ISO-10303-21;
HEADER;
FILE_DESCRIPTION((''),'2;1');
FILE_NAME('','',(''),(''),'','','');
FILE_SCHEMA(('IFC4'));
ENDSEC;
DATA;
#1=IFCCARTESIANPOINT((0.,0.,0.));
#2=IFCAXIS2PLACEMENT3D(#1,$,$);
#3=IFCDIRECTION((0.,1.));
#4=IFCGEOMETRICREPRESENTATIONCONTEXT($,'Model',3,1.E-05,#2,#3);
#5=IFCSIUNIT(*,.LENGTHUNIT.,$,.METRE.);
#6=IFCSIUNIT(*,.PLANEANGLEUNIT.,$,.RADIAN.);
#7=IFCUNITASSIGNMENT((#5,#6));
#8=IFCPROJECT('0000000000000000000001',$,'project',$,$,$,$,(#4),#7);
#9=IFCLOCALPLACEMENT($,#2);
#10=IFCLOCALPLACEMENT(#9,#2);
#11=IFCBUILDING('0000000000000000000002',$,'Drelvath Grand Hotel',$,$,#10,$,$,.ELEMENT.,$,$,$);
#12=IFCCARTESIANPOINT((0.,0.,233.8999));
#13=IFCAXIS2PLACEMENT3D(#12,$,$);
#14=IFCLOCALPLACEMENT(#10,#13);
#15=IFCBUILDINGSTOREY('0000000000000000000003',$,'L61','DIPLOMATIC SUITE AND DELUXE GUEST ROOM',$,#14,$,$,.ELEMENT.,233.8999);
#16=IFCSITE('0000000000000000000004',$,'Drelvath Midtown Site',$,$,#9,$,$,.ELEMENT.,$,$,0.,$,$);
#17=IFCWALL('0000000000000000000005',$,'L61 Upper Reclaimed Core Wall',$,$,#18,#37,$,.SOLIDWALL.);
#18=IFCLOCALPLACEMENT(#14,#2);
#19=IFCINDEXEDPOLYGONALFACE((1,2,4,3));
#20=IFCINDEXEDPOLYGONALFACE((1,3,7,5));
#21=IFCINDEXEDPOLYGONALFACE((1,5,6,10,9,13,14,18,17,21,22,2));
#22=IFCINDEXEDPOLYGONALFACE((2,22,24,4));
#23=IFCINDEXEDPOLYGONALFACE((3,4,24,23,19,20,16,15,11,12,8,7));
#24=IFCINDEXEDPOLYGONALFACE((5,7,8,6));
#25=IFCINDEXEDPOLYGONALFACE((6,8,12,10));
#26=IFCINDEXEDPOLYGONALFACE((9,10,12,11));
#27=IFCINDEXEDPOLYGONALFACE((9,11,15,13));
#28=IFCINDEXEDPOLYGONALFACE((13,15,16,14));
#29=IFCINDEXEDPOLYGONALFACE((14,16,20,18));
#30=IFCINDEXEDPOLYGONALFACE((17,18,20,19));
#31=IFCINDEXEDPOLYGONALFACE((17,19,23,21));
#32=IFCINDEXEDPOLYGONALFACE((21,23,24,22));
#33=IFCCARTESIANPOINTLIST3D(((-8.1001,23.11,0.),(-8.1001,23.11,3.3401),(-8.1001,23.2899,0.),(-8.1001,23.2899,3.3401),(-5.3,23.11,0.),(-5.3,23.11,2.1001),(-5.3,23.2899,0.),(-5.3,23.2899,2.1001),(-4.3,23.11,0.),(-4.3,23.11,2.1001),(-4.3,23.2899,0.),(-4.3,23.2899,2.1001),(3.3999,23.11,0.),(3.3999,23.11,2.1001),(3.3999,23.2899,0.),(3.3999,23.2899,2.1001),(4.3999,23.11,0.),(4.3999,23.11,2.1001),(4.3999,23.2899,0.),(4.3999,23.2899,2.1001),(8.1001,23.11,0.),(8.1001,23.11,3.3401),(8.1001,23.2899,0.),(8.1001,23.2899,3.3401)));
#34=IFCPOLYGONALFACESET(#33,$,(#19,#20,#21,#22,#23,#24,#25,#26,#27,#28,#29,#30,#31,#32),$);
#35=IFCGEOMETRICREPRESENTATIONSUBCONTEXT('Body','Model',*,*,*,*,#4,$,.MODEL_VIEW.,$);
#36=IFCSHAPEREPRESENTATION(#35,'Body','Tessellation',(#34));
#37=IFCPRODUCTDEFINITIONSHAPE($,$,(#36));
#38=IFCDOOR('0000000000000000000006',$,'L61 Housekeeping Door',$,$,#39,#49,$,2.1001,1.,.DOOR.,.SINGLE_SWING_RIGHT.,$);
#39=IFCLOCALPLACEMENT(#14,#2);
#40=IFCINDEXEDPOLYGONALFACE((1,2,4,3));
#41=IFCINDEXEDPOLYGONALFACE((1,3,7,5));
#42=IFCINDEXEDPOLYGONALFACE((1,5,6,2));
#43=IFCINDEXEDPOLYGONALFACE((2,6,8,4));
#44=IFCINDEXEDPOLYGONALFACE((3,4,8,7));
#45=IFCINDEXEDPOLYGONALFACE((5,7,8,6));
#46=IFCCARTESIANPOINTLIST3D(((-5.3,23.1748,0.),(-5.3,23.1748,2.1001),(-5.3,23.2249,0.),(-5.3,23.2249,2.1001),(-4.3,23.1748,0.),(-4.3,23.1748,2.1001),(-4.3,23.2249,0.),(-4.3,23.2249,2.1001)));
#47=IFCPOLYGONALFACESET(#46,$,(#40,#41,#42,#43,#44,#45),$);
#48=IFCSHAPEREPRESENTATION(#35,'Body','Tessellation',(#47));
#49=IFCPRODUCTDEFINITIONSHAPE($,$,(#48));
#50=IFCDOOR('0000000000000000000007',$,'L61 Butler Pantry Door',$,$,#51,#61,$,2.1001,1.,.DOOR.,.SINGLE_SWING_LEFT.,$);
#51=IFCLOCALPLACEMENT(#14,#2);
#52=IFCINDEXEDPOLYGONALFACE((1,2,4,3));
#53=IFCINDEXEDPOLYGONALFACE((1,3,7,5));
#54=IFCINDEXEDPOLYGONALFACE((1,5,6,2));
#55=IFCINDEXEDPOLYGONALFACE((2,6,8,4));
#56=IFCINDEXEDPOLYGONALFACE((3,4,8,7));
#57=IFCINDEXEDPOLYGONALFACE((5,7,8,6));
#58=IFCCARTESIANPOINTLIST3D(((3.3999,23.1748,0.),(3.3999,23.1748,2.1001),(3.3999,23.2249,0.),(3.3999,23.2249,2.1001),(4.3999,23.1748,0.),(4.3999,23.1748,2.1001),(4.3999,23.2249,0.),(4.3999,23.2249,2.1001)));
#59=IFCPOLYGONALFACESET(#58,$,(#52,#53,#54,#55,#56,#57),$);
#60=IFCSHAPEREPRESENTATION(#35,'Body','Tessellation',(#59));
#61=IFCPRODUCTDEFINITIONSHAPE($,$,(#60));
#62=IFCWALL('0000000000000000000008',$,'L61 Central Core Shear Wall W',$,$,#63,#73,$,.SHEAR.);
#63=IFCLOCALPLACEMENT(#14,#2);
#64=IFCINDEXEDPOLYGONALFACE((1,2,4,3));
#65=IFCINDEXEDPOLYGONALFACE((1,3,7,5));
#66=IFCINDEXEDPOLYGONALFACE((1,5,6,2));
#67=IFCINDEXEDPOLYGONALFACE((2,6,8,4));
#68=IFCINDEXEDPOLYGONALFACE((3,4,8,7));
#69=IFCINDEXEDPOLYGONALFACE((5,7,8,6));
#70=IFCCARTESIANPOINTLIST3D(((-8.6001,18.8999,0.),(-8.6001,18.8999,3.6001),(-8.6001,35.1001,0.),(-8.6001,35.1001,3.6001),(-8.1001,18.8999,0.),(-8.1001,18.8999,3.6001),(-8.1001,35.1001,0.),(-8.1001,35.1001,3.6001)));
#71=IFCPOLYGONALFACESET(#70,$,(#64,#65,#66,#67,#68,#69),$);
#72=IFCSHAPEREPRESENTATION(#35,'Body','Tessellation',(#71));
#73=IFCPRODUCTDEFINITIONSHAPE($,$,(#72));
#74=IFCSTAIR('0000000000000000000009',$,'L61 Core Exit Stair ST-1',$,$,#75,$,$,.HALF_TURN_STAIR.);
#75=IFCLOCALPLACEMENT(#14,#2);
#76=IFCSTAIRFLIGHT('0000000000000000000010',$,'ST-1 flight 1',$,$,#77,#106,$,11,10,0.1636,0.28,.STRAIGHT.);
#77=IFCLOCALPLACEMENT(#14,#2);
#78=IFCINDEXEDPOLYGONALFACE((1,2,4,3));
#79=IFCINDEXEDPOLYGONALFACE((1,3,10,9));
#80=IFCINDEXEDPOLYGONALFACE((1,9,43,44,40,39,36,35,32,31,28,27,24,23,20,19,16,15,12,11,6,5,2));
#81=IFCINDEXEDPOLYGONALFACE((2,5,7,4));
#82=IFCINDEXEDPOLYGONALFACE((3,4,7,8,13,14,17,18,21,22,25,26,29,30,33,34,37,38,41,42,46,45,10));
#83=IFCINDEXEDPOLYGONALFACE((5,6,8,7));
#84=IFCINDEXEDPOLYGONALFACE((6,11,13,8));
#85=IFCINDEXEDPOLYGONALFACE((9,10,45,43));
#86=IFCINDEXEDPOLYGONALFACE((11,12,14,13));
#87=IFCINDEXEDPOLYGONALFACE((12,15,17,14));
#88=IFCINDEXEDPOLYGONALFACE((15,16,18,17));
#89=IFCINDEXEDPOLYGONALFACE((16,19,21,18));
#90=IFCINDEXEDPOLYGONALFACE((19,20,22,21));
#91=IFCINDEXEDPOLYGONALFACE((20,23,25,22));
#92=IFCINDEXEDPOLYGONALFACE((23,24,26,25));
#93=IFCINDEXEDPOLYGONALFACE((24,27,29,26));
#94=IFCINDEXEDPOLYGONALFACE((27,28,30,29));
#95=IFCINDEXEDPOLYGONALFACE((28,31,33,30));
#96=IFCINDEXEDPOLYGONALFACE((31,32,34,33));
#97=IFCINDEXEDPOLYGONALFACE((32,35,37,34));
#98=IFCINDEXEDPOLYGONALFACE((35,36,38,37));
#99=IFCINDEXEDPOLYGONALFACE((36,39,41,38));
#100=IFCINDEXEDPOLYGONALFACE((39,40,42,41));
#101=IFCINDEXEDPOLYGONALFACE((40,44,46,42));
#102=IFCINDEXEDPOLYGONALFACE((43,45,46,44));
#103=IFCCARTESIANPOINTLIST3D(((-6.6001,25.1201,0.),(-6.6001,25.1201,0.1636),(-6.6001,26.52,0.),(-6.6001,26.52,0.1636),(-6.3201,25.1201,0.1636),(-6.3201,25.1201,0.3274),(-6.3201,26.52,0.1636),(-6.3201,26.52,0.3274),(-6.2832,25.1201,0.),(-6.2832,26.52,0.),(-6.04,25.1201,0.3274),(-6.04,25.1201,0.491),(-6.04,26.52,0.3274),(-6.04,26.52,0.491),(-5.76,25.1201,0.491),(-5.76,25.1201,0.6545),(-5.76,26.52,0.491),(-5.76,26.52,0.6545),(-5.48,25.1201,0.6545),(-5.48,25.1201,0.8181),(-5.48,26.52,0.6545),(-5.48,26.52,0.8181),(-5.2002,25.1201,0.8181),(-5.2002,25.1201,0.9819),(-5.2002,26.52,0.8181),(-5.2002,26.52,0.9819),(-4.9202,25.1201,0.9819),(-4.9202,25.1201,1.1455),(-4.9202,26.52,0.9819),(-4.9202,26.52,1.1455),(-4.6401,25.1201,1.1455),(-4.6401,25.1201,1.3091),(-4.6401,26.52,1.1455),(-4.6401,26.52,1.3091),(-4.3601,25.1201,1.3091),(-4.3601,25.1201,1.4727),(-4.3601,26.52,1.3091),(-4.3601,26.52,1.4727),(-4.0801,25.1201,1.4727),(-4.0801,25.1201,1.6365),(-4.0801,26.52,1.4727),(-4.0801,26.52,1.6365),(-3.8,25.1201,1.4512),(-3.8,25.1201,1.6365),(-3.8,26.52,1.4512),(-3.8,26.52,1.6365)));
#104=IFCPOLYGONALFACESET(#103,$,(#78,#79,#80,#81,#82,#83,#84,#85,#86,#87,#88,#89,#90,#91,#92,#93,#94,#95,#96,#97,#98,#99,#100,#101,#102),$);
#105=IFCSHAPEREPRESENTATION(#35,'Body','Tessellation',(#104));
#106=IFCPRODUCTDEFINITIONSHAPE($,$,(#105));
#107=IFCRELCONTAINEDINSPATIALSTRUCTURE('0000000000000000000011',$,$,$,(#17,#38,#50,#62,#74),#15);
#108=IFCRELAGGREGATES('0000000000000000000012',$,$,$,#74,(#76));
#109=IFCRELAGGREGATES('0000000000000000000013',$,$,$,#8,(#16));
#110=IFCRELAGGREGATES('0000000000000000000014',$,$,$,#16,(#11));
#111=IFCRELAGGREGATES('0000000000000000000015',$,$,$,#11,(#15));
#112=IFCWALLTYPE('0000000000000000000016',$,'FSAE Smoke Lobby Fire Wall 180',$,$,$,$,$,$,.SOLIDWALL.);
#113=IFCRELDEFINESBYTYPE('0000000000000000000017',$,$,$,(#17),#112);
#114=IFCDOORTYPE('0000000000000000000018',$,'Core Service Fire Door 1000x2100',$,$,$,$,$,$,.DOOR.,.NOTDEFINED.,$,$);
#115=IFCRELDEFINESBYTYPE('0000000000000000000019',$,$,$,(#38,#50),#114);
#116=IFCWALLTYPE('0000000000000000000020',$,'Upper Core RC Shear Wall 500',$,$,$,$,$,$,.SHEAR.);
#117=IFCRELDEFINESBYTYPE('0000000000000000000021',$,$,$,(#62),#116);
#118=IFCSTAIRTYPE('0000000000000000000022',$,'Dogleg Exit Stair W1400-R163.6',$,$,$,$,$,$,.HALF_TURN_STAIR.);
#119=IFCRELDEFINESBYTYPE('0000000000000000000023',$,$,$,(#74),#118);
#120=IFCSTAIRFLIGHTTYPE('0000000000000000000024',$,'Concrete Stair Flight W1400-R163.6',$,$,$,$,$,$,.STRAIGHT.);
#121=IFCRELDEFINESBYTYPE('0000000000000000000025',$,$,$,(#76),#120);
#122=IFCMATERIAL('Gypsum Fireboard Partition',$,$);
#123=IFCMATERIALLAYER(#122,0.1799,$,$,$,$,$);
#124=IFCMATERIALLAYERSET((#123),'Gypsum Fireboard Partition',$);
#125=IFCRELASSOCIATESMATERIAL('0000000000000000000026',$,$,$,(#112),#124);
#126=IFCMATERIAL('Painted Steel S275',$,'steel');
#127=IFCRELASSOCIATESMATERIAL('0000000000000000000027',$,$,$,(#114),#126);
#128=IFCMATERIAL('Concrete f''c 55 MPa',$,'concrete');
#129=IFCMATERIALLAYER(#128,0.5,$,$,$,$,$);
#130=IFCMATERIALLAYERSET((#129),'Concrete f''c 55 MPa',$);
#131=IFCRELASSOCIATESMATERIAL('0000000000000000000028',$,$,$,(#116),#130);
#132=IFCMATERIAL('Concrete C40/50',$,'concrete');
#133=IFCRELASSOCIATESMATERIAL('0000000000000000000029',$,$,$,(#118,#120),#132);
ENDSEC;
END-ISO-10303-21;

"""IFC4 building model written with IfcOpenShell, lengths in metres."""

from ifc_helpers import new_model, si_unit, direction, frame, frame_2d, origin, place, context, subcontext, project, spatial, polyline, rectangle, outline, extrude, material, layer, layer_set, type_object, element, fill, aggregate, save


model = new_model("IFC4")

# Units and contexts
model_context = context("Model", 3, precision=1e-05, world=origin(), true_north=direction((0.0, 1.0)))
body_context = subcontext(model_context, "Body", "Model", "MODEL_VIEW")
ifc_project = project(units=[si_unit("LENGTHUNIT", "METRE"), si_unit("PLANEANGLEUNIT", "RADIAN")], contexts=[model_context])

# Site, building, storey
site_placement = place(None, origin())
site = spatial("IfcSite", under=ifc_project, at=site_placement, Name="Drelvath Midtown Site", CompositionType="ELEMENT", RefElevation=0.0)
building_placement = place(site_placement, origin())
building = spatial("IfcBuilding", under=site, at=building_placement, Name="Drelvath Grand Hotel", CompositionType="ELEMENT")
storey_placement = place(building_placement, frame((0.0, 0.0, 233.8999)))
storey = spatial("IfcBuildingStorey", under=building, at=storey_placement, Name="L61", Description="DIPLOMATIC SUITE AND DELUXE GUEST ROOM", CompositionType="ELEMENT", Elevation=233.8999)

# Shared definitions
ifc_material_1 = material(Name="Concrete f'c 55 MPa", Category="concrete")

# Shared definitions
ifc_material_2 = material(Name="Concrete C40/50", Category="concrete")
ifc_material_3 = material(Name="Painted Steel S275", Category="steel")

# Wall, openings, doors
ifc_material_4 = material(Name="Gypsum Fireboard Partition")
ifc_layer_1 = layer(ifc_material_4, 0.1799)
ifc_layer_set_1 = layer_set([ifc_layer_1], Name="Gypsum Fireboard Partition")
wall_type_1 = type_object("IfcWallType", Name="FSAE Smoke Lobby Fire Wall 180", PredefinedType="SOLIDWALL", material=ifc_layer_set_1)
wall_1_placement = place(storey_placement, frame((-8.1001, 23.2, 0.0), z_axis=(0.0, 0.0, 1.0), x_axis=(1.0, 0.0, 0.0)))
wall_1 = element("IfcWall", 1, at=wall_1_placement, inside=storey, type_object=wall_type_1, Name="L61 Upper Reclaimed Core Wall", PredefinedType="SOLIDWALL", context=body_context, shape_type="SweptSolid", body=[
    extrude(rectangle(XDim=16.2002, YDim=0.1799, at=frame_2d((8.1001, 0.0))), origin(), (0.0, 0.0, 1.0), 3.3401),
])
opening_1_placement = place(wall_1_placement, frame((2.8, 0.0, 0.0)))
opening_1 = element("IfcOpeningElement", 2, at=opening_1_placement, cuts=wall_1, PredefinedType="OPENING", context=body_context, shape_type="SweptSolid", body=[
    extrude(rectangle(XDim=1.0, YDim=2.1001, at=frame_2d((0.5, 1.05))), frame((0.0, 0.0999, 0.0), z_axis=(0.0, -1.0, 0.0), x_axis=(1.0, 0.0, 0.0)), (0.0, 0.0, 1.0), 0.2),
])
opening_2_placement = place(wall_1_placement, frame((11.5, 0.0, 0.0)))
opening_2 = element("IfcOpeningElement", 3, at=opening_2_placement, cuts=wall_1, PredefinedType="OPENING", context=body_context, shape_type="SweptSolid", body=[
    extrude(rectangle(XDim=1.0, YDim=2.1001, at=frame_2d((0.5, 1.05))), frame((0.0, 0.0999, 0.0), z_axis=(0.0, -1.0, 0.0), x_axis=(1.0, 0.0, 0.0)), (0.0, 0.0, 1.0), 0.2),
])
door_type_1 = type_object("IfcDoorType", Name="Core Service Fire Door 1000x2100", OperationType="NOTDEFINED", PredefinedType="DOOR", material=ifc_material_3)
door_1_placement = place(opening_1_placement, origin())
door_1 = element("IfcDoor", 4, at=door_1_placement, inside=storey, type_object=door_type_1, Name="L61 Housekeeping Door", OperationType="SINGLE_SWING_RIGHT", OverallHeight=2.1001, OverallWidth=1.0, PredefinedType="DOOR", context=body_context, shape_type="SweptSolid", body=[
    extrude(rectangle(XDim=1.0, YDim=2.1001, at=frame_2d((0.5, 1.05))), frame((0.0, 0.0249, 0.0), z_axis=(0.0, -1.0, 0.0), x_axis=(1.0, 0.0, 0.0)), (0.0, 0.0, 1.0), 0.05),
])
fill(opening_1, door_1)
door_2_placement = place(opening_2_placement, origin())
door_2 = element("IfcDoor", 5, at=door_2_placement, inside=storey, type_object=door_type_1, Name="L61 Butler Pantry Door", OperationType="SINGLE_SWING_LEFT", OverallHeight=2.1001, OverallWidth=1.0, PredefinedType="DOOR", context=body_context, shape_type="SweptSolid", body=[
    extrude(rectangle(XDim=1.0, YDim=2.1001, at=frame_2d((0.5, 1.05))), frame((0.0, 0.0249, 0.0), z_axis=(0.0, -1.0, 0.0), x_axis=(1.0, 0.0, 0.0)), (0.0, 0.0, 1.0), 0.05),
])
fill(opening_2, door_2)

# Wall
ifc_layer_2 = layer(ifc_material_1, 0.5)
ifc_layer_set_2 = layer_set([ifc_layer_2], Name="Concrete f'c 55 MPa")
wall_type_2 = type_object("IfcWallType", Name="Upper Core RC Shear Wall 500", PredefinedType="SHEAR", material=ifc_layer_set_2)
wall_2_placement = place(storey_placement, frame((-8.3501, 18.8999, 0.0), z_axis=(0.0, 0.0, 1.0), x_axis=(0.0, 1.0, 0.0)))
element("IfcWall", 6, at=wall_2_placement, inside=storey, type_object=wall_type_2, Name="L61 Central Core Shear Wall W", PredefinedType="SHEAR", context=body_context, shape_type="SweptSolid", body=[
    extrude(rectangle(XDim=16.2002, YDim=0.5, at=frame_2d((8.1001, 0.0))), origin(), (0.0, 0.0, 1.0), 3.6001),
])

# Stair, stair flight
stair_type = type_object("IfcStairType", Name="Dogleg Exit Stair W1400-R163.6", PredefinedType="HALF_TURN_STAIR", material=ifc_material_2)
stair_placement = place(storey_placement, origin())
stair = element("IfcStair", 7, at=stair_placement, inside=storey, type_object=stair_type, Name="L61 Core Exit Stair ST-1", PredefinedType="HALF_TURN_STAIR")
stair_flight_type = type_object("IfcStairFlightType", Name="Concrete Stair Flight W1400-R163.6", PredefinedType="STRAIGHT", material=ifc_material_2)
stair_flight_placement = place(storey_placement, frame((-6.6001, 25.8201, 0.0), z_axis=(0.0, 0.0, 1.0), x_axis=(1.0, 0.0, 0.0)))
stair_flight = element("IfcStairFlight", 8, at=stair_flight_placement, type_object=stair_flight_type, Name="ST-1 flight 1", NumberOfRisers=11, NumberOfTreads=10, PredefinedType="STRAIGHT", RiserHeight=0.1636, TreadLength=0.28, context=body_context, shape_type="SweptSolid", body=[
    extrude(outline(polyline([(0.0, 0.0), (0.0, 0.1636), (0.28, 0.1636), (0.28, 0.3274), (0.5601, 0.3274), (0.5601, 0.491), (0.8401, 0.491), (0.8401, 0.6545), (1.1201, 0.6545), (1.1201, 0.8181), (1.3999, 0.8181), (1.3999, 0.9819), (1.6799, 0.9819), (1.6799, 1.1455), (1.96, 1.1455), (1.96, 1.3091), (2.24, 1.3091), (2.24, 1.4727), (2.52, 1.4727), (2.52, 1.6365), (2.8, 1.6365), (2.8, 1.8), (2.8, 1.4512), (0.3169, 0.0), (0.0, 0.0)])), frame((0.0, 0.7, 0.0), z_axis=(0.0, -1.0, 0.0), x_axis=(1.0, 0.0, 0.0)), (0.0, 0.0, 1.0), 1.3999),
])
aggregate(stair, [stair_flight])

save(model, "model.ifc")
